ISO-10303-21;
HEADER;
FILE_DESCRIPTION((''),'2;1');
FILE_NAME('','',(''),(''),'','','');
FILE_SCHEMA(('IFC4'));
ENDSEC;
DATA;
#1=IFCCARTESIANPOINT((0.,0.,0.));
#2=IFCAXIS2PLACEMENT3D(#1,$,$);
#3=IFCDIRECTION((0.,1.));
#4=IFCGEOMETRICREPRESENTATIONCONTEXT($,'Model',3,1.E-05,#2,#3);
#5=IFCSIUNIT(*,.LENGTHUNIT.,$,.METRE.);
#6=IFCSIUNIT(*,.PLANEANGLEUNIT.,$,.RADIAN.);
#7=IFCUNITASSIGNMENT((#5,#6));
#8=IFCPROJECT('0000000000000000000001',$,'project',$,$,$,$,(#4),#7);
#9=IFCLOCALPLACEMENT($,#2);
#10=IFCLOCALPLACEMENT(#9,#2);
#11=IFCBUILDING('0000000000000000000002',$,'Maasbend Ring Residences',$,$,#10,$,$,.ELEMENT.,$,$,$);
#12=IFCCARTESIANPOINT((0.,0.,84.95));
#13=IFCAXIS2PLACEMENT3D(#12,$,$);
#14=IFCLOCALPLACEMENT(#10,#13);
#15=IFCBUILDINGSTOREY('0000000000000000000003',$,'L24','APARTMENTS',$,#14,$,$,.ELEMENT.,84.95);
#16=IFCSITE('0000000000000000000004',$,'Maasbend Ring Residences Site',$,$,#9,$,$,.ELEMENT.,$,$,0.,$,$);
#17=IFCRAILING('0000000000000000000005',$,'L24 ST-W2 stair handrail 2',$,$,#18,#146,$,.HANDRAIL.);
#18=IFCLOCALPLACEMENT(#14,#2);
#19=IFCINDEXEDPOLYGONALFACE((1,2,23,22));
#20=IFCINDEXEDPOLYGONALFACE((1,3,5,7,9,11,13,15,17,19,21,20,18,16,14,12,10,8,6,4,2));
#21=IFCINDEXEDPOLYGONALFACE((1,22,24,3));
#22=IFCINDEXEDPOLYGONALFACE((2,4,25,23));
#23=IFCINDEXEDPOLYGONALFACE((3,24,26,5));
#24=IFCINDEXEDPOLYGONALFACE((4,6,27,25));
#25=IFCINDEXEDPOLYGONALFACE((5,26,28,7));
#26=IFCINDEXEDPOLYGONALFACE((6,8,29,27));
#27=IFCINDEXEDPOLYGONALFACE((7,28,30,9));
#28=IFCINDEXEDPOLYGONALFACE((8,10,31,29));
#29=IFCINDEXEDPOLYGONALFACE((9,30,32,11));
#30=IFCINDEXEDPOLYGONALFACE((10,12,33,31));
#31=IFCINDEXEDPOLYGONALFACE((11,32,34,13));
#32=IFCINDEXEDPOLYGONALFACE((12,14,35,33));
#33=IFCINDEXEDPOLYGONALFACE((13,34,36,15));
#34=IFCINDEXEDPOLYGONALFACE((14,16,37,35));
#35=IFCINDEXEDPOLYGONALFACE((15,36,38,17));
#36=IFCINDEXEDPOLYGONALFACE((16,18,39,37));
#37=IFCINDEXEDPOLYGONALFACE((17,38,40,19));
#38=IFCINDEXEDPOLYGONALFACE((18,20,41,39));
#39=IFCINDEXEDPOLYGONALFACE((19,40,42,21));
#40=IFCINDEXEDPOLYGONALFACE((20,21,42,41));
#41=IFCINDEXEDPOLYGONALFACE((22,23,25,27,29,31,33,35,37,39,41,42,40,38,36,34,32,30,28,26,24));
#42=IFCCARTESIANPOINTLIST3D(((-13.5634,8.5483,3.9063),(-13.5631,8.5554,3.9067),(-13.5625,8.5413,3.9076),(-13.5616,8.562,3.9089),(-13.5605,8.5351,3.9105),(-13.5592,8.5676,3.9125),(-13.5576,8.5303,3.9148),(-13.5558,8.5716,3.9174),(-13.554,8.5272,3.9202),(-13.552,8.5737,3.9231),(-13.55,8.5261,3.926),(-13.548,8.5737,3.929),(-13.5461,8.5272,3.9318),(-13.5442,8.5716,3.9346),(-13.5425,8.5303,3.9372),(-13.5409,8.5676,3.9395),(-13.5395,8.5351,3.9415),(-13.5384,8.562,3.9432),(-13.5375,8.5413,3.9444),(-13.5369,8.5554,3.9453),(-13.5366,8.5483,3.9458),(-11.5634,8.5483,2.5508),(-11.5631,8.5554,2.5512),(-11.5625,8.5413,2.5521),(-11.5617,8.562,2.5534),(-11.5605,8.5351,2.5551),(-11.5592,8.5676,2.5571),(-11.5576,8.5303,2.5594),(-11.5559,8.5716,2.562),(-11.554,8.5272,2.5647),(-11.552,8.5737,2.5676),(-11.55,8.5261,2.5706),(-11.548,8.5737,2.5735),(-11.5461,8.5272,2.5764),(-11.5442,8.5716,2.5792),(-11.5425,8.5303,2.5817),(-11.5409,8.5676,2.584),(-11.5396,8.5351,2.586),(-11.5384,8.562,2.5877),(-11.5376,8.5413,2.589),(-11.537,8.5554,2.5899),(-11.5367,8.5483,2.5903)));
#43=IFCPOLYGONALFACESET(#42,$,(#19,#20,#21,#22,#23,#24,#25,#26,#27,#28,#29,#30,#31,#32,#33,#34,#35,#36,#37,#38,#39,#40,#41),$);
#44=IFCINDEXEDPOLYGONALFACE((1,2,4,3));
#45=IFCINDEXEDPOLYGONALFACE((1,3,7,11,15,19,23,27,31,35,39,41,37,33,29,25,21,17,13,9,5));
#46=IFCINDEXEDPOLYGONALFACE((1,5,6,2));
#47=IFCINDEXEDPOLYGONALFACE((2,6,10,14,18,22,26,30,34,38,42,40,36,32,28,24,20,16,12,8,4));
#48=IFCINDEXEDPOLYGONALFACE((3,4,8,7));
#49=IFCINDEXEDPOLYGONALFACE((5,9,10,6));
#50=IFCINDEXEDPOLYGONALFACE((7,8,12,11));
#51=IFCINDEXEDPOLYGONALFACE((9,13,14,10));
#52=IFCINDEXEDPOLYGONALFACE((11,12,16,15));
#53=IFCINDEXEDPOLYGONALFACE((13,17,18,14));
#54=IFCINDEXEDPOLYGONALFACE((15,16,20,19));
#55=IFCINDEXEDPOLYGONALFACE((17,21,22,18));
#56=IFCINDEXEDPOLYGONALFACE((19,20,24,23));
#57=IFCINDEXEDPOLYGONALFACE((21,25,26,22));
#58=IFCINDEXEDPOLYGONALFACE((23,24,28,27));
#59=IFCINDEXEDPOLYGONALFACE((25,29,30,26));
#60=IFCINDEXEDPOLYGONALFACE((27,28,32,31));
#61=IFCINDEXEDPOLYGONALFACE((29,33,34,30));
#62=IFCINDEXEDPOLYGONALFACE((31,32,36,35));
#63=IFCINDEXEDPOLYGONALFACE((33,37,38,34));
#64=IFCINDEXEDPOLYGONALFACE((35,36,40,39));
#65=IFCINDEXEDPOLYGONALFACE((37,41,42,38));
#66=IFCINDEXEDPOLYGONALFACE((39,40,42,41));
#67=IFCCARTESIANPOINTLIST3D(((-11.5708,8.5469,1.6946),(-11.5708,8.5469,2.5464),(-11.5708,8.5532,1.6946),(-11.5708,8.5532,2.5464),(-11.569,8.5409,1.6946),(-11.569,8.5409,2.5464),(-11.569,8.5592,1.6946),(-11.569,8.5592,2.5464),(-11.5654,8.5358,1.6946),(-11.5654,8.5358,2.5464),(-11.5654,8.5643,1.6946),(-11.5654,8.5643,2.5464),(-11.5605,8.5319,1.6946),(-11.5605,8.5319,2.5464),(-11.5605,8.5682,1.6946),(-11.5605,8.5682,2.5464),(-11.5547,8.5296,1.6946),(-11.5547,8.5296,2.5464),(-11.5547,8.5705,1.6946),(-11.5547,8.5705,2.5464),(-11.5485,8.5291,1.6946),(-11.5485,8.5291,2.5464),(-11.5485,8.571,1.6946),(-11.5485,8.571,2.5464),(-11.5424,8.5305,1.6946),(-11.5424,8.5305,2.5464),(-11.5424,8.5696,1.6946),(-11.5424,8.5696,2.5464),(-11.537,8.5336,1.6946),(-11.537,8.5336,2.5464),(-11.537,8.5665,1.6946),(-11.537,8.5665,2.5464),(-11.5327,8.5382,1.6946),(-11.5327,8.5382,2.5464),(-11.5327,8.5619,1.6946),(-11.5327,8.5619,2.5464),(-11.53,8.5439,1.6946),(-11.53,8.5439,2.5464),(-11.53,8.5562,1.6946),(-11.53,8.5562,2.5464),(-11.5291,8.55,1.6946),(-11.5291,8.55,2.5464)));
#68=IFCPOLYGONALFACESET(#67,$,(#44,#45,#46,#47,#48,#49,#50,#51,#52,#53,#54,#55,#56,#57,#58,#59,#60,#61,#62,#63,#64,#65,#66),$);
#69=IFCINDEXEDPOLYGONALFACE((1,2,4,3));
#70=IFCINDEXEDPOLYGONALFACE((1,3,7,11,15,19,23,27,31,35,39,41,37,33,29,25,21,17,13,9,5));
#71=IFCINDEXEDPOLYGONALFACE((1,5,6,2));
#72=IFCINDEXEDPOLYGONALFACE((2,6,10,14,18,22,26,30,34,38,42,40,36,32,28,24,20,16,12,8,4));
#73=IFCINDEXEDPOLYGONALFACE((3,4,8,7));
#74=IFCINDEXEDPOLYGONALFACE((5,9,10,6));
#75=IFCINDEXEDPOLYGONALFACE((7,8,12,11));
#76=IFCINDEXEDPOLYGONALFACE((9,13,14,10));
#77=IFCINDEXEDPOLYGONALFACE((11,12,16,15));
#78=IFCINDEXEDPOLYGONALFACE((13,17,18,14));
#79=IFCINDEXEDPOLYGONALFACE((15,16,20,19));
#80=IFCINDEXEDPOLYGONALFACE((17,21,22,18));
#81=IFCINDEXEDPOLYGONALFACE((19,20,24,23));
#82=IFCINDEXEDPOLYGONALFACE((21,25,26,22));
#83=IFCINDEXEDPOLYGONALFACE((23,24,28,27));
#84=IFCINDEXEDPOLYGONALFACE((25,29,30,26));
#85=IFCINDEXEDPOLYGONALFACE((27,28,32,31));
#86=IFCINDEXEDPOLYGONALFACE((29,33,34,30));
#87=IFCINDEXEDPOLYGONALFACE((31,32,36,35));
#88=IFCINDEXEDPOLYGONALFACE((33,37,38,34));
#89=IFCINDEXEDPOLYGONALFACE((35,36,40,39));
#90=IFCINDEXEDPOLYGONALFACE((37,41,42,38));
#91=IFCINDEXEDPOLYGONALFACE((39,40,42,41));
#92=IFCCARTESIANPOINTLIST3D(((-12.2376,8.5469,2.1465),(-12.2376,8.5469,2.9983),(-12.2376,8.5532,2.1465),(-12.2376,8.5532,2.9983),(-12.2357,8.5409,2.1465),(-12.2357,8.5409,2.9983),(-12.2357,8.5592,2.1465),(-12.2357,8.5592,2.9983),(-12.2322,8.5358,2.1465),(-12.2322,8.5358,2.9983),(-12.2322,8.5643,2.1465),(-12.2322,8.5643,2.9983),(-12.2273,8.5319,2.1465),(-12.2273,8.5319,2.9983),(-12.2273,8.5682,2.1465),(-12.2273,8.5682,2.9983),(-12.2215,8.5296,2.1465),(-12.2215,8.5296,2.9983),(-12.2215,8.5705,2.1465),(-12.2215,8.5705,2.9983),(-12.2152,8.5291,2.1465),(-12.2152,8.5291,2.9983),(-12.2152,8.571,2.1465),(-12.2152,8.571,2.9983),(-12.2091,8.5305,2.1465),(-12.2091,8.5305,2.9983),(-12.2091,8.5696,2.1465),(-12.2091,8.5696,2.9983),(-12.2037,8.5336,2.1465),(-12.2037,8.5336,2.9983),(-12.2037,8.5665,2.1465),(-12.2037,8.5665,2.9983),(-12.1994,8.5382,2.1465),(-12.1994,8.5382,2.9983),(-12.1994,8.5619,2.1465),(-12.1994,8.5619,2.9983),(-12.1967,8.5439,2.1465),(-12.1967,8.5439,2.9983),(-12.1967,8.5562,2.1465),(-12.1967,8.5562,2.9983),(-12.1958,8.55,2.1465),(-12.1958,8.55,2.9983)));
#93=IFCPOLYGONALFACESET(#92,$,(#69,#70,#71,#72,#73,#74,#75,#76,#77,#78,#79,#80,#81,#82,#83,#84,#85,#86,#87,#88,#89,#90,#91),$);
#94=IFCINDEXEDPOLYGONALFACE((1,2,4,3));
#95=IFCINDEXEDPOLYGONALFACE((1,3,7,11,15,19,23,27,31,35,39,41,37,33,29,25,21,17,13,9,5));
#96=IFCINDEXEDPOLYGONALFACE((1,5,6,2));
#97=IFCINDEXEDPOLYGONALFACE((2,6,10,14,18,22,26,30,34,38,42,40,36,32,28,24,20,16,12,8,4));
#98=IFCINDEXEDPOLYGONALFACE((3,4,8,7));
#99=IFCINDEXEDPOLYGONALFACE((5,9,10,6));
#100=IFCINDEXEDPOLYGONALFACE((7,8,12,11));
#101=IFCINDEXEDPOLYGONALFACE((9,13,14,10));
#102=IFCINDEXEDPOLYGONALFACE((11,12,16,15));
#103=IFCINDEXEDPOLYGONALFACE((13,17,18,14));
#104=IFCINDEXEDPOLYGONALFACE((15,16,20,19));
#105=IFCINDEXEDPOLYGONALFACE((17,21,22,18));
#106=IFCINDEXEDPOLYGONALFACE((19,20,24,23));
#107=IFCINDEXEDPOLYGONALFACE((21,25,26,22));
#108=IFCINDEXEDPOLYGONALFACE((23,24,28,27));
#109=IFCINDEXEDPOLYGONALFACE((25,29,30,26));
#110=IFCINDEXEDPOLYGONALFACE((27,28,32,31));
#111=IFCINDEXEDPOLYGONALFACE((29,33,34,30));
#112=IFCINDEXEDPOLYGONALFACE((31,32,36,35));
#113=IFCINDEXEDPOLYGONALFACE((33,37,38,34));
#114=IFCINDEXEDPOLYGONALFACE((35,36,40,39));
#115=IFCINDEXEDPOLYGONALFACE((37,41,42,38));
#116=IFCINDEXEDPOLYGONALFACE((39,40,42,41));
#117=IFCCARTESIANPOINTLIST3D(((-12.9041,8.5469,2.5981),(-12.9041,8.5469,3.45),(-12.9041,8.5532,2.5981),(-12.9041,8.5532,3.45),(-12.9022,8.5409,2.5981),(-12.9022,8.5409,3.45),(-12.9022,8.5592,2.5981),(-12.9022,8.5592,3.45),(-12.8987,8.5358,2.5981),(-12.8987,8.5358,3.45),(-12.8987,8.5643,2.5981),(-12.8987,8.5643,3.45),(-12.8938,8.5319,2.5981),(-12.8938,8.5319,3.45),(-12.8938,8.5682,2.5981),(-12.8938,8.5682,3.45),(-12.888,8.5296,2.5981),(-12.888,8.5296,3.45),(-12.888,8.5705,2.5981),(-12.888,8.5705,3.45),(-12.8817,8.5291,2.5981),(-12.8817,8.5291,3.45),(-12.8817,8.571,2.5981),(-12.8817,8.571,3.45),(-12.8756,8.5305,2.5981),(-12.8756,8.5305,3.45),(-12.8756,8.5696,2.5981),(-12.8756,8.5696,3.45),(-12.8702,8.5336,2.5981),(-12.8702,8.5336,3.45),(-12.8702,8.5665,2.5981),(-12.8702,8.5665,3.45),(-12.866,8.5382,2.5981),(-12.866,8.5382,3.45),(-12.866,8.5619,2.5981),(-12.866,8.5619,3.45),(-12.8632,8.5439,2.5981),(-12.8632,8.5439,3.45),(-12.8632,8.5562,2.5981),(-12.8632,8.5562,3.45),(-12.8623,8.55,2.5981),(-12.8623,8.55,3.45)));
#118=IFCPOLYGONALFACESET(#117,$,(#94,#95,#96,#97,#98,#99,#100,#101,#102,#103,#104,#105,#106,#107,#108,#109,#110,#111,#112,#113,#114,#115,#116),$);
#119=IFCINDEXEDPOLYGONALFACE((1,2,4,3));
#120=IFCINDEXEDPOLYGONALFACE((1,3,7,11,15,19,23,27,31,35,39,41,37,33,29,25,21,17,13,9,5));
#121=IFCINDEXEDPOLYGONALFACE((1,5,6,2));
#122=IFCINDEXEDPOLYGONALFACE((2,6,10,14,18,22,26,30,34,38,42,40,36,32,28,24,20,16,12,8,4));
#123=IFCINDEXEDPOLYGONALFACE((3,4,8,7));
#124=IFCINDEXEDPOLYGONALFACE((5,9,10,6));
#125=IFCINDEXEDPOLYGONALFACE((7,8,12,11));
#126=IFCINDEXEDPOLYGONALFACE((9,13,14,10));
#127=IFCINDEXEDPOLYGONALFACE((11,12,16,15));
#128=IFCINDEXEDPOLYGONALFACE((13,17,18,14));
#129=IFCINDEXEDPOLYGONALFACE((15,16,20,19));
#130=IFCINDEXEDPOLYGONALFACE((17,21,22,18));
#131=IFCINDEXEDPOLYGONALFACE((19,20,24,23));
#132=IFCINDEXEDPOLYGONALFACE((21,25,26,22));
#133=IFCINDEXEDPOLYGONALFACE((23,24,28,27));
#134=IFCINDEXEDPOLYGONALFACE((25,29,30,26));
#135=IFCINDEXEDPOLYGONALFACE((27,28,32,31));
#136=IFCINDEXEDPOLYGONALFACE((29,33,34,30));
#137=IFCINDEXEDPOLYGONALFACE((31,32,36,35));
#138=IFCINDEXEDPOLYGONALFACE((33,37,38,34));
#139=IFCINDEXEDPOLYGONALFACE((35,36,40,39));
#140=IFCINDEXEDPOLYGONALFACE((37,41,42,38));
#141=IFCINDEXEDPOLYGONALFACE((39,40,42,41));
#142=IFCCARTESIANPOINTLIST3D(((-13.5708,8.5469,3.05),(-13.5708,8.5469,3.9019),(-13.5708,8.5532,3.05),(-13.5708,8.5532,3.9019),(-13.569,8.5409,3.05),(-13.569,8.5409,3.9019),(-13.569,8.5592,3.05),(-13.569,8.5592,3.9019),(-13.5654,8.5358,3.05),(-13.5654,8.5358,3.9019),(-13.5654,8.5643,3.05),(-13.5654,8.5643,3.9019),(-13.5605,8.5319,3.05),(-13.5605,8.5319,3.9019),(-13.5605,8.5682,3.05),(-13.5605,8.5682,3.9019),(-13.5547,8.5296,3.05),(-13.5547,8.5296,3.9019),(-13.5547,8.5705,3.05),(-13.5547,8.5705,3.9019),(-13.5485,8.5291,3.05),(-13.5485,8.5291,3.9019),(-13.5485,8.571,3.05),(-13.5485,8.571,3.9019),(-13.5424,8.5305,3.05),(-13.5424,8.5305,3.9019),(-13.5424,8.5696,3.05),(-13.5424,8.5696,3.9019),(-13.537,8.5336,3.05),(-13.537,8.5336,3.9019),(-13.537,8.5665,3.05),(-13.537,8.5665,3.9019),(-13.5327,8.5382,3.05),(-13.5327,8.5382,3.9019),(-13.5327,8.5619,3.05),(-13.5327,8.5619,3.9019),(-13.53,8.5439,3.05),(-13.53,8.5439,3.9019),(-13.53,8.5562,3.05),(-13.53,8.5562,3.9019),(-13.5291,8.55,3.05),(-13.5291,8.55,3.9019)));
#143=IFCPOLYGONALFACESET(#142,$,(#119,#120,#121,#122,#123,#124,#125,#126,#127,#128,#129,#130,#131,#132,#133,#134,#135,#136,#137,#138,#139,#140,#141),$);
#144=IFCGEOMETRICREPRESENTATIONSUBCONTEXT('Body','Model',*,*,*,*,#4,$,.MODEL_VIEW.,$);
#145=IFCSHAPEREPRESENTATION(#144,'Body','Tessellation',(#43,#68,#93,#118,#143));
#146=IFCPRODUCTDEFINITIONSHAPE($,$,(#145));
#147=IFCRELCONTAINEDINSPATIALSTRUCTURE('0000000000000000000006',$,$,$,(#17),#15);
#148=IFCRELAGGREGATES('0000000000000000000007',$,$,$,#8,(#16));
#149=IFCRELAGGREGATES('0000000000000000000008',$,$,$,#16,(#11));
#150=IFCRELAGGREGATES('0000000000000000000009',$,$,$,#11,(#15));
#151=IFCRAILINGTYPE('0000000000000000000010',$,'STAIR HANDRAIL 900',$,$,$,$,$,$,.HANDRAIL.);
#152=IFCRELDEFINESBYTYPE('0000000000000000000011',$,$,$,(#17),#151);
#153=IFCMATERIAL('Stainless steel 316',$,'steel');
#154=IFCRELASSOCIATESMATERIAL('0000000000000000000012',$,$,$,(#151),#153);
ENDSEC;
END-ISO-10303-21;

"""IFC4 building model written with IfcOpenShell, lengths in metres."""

from ifc_helpers import new_model, si_unit, direction, frame, origin, origin_2d, place, context, subcontext, project, spatial, circle, extrude, material, type_object, element, save


model = new_model("IFC4")

# Units and contexts
model_context = context("Model", 3, precision=1e-05, world=origin(), true_north=direction((0.0, 1.0)))
body_context = subcontext(model_context, "Body", "Model", "MODEL_VIEW")
ifc_project = project(units=[si_unit("LENGTHUNIT", "METRE"), si_unit("PLANEANGLEUNIT", "RADIAN")], contexts=[model_context])

# Site, building, storey
site_placement = place(None, origin())
site = spatial("IfcSite", under=ifc_project, at=site_placement, Name="Maasbend Ring Residences Site", CompositionType="ELEMENT", RefElevation=0.0)
building_placement = place(site_placement, origin())
building = spatial("IfcBuilding", under=site, at=building_placement, Name="Maasbend Ring Residences", CompositionType="ELEMENT")
storey_placement = place(building_placement, frame((0.0, 0.0, 84.95)))
storey = spatial("IfcBuildingStorey", under=building, at=storey_placement, Name="L24", Description="APARTMENTS", CompositionType="ELEMENT", Elevation=84.95)

# Railing
ifc_material_1 = material(Name="Stainless steel 316", Category="steel")
railing_type_1 = type_object("IfcRailingType", Name="STAIR HANDRAIL 900", PredefinedType="HANDRAIL", material=ifc_material_1)
railing_1_placement = place(storey_placement, frame((-11.55, 8.55, 1.6946)))
element("IfcRailing", 1, at=railing_1_placement, inside=storey, type_object=railing_type_1, Name="L24 ST-W2 stair handrail 2", PredefinedType="HANDRAIL", context=body_context, shape_type="SweptSolid", body=[
    extrude(circle(Radius=0.0239, at=origin_2d()), frame((0.0, 0.0, 0.876), z_axis=(-0.827798, 0.0, 0.561027), x_axis=(0.0, -1.0, 0.0)), (0.0, 0.0, 1.0), 2.416),
    extrude(circle(Radius=0.021, at=origin_2d()), origin(), (0.0, 0.0, 1.0), 0.8518),
    extrude(circle(Radius=0.021, at=origin_2d()), frame((-0.6667, 0.0, 0.4519)), (0.0, 0.0, 1.0), 0.8518),
    extrude(circle(Radius=0.021, at=origin_2d()), frame((-1.3333, 0.0, 0.9036)), (0.0, 0.0, 1.0), 0.8518),
    extrude(circle(Radius=0.021, at=origin_2d()), frame((-2.0, 0.0, 1.3555)), (0.0, 0.0, 1.0), 0.8518),
])

save(model, "model.ifc")
